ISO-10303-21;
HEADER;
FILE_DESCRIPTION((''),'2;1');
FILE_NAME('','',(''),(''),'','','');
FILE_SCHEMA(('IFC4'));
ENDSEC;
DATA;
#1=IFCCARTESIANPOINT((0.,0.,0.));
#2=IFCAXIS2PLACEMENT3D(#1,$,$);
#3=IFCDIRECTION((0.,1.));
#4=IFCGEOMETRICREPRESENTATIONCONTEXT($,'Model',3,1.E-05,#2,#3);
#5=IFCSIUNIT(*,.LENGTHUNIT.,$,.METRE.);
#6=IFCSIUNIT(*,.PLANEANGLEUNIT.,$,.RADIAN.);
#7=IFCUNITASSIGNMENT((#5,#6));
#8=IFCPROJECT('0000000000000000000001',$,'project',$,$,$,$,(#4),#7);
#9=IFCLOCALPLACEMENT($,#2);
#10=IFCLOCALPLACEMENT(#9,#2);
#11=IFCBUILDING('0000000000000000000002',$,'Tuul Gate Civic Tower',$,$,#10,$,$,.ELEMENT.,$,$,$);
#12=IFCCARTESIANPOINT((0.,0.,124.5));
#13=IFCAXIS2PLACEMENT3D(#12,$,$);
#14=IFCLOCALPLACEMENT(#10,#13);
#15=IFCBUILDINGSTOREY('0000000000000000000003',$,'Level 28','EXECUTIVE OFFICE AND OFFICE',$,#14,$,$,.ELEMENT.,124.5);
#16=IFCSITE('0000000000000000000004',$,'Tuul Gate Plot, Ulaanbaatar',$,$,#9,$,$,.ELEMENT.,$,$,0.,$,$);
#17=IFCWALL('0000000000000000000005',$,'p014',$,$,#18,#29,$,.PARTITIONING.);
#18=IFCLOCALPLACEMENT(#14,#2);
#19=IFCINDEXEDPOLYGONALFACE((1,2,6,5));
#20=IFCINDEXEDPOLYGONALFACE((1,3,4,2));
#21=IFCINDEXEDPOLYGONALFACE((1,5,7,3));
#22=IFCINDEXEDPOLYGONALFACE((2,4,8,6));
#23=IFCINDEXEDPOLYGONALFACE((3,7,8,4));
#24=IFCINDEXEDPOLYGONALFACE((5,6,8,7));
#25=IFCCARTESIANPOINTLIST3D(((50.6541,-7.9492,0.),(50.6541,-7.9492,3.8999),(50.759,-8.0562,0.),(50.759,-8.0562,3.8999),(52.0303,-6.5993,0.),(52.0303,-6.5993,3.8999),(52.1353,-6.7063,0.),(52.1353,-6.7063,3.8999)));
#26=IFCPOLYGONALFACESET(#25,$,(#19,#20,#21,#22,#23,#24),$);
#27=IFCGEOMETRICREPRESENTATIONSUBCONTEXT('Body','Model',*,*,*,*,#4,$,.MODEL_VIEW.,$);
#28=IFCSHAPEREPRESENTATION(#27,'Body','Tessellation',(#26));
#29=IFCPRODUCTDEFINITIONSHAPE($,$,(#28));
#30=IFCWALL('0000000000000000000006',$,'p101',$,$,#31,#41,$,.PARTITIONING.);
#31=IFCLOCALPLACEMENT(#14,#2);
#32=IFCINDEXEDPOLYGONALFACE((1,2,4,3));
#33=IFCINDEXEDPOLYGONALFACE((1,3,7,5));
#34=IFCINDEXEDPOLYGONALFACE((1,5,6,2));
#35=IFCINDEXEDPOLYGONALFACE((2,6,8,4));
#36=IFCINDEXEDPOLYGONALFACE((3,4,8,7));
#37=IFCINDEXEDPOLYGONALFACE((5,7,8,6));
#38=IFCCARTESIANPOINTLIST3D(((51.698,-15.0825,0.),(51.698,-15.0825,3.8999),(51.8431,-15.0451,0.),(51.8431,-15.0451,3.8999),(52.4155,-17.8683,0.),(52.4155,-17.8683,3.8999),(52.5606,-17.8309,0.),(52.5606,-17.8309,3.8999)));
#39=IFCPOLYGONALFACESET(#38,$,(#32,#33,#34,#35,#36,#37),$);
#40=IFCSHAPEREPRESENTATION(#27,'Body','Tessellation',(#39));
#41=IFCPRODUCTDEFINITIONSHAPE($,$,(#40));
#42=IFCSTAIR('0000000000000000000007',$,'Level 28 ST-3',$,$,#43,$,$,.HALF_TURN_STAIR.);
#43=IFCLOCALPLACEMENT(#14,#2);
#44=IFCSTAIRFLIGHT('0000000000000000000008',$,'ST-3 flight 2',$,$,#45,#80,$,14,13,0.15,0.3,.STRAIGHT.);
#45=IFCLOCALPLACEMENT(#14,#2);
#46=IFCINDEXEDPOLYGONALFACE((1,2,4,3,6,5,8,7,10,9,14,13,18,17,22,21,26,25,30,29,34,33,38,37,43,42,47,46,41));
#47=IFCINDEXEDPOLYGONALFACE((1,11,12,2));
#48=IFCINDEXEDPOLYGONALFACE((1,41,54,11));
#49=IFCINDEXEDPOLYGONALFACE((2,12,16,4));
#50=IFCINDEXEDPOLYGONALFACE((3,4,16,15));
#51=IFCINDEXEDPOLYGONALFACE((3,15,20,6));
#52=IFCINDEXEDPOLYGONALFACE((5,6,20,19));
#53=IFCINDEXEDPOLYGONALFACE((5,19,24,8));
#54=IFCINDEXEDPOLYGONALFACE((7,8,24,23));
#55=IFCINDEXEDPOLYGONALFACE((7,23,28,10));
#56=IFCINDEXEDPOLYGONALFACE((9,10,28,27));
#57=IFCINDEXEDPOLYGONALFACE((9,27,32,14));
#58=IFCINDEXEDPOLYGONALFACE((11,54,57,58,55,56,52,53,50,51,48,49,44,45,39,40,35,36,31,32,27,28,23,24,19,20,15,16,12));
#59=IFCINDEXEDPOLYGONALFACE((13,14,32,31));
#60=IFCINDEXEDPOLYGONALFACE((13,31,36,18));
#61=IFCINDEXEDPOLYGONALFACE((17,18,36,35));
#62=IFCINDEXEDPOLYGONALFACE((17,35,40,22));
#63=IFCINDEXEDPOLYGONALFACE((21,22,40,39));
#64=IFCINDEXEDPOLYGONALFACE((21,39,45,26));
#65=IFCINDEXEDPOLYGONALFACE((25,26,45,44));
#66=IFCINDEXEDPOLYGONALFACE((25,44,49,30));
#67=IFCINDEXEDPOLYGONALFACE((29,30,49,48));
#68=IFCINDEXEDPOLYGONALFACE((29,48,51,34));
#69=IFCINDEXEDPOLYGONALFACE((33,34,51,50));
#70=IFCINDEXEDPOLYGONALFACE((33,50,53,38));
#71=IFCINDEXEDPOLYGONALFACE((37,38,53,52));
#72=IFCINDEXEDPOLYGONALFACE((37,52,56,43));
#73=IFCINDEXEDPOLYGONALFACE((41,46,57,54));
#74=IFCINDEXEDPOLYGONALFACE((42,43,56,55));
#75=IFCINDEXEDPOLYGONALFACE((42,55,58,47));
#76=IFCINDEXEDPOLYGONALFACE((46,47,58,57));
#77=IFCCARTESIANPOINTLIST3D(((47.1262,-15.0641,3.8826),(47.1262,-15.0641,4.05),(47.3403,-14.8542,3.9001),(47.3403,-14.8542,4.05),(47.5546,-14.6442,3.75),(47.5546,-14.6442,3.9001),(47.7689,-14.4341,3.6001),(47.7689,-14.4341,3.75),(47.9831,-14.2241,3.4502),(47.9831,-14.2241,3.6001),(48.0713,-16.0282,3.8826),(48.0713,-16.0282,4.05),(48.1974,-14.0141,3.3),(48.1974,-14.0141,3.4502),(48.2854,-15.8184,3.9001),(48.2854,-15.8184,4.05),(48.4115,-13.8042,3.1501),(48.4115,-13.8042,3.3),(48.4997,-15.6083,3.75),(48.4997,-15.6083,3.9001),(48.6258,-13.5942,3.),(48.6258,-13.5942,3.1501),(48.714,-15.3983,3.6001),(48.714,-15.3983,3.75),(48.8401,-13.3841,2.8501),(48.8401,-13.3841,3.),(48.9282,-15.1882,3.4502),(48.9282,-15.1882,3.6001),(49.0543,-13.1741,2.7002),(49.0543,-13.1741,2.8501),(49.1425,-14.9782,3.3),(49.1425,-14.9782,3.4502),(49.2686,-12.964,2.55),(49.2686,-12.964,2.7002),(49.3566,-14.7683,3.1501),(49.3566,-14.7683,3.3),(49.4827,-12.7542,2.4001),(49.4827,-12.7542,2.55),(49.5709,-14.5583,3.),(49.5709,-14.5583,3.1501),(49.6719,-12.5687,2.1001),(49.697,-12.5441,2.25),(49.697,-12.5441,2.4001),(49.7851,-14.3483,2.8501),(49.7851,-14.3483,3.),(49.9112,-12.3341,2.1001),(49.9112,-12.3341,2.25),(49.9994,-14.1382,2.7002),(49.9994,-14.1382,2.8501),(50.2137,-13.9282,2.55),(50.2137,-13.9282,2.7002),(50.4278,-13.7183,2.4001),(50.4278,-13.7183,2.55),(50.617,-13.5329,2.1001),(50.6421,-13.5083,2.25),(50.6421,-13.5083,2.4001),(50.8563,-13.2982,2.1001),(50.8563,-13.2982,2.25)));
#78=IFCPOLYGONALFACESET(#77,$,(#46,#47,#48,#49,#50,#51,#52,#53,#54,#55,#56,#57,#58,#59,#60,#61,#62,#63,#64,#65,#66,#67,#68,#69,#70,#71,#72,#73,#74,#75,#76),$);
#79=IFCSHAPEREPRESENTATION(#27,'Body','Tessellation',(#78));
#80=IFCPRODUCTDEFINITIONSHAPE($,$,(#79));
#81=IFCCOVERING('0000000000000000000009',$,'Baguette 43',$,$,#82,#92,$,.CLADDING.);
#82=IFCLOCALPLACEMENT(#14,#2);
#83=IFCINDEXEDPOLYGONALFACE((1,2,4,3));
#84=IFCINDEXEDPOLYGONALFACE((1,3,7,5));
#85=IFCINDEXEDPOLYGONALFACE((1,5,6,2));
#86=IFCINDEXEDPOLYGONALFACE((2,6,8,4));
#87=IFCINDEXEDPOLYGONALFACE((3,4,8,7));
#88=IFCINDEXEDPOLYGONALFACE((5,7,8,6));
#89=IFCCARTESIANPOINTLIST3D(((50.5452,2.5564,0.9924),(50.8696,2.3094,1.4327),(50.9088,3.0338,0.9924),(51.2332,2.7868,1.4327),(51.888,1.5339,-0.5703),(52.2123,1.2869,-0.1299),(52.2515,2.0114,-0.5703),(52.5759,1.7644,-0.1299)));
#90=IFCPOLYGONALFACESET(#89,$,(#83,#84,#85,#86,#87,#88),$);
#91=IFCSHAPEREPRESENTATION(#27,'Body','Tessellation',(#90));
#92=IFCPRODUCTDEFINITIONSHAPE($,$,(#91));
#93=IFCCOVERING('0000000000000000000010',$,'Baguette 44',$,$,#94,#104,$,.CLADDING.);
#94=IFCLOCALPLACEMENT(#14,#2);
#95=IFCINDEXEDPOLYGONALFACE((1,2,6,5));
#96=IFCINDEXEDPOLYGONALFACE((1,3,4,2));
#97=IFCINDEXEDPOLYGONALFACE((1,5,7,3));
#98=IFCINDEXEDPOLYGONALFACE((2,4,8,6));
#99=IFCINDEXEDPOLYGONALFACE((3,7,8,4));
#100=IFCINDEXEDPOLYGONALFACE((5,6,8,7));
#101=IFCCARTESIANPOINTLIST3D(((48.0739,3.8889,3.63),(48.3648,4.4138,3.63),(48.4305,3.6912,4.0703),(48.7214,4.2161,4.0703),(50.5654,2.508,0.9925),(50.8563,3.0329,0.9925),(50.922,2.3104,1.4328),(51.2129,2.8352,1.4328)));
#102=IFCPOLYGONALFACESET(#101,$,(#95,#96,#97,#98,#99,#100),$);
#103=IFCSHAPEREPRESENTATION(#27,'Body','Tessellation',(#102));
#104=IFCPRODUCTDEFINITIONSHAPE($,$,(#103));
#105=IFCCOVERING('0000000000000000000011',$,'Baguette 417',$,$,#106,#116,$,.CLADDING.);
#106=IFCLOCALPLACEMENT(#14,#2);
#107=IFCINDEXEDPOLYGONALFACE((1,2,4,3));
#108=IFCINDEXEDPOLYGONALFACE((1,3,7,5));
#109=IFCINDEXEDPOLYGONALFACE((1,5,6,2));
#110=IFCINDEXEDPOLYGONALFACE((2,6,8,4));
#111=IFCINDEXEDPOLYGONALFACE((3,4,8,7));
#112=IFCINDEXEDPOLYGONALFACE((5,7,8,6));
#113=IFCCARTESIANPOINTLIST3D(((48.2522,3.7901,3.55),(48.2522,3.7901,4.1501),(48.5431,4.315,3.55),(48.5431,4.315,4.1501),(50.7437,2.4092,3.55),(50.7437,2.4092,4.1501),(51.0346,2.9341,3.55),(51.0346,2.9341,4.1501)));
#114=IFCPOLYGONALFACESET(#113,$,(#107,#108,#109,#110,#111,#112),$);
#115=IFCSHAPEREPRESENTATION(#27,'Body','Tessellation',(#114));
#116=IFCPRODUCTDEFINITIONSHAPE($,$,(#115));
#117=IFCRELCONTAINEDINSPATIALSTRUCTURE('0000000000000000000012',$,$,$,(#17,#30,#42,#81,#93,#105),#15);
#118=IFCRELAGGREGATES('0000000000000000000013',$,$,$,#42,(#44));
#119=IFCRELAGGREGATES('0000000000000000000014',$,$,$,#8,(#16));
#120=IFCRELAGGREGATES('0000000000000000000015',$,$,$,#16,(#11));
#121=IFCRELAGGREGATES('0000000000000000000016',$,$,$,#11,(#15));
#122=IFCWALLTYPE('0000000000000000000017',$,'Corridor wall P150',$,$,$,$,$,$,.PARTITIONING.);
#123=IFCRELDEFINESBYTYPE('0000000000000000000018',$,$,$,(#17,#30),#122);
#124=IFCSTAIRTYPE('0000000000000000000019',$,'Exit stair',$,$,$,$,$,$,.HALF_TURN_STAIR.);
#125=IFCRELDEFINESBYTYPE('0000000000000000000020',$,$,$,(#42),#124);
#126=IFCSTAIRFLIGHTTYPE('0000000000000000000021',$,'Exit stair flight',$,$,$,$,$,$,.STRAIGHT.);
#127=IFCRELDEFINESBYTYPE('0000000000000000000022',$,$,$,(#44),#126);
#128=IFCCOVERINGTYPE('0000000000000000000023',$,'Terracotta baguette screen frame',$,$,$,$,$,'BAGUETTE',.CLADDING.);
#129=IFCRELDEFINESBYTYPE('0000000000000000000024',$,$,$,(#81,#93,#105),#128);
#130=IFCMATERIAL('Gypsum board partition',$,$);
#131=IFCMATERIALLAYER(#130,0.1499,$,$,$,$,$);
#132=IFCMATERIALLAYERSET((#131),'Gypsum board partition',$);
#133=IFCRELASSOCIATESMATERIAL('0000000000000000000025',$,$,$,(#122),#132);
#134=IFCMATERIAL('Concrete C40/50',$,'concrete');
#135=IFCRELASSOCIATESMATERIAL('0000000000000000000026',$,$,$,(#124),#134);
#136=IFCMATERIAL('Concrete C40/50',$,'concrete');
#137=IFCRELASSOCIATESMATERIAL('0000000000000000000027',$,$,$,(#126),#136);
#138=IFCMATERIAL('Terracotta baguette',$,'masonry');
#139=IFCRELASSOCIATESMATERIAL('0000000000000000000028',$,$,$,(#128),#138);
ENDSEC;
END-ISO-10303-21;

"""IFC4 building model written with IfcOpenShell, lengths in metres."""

from ifc_helpers import new_model, si_unit, direction, frame, frame_2d, origin, origin_2d, place, context, subcontext, project, spatial, polyline, rectangle, outline, extrude, material, layer, layer_set, material_profile, profile_set, type_object, element, aggregate, save


model = new_model("IFC4")

# Units and contexts
model_context = context("Model", 3, precision=1e-05, world=origin(), true_north=direction((0.0, 1.0)))
body_context = subcontext(model_context, "Body", "Model", "MODEL_VIEW")
ifc_project = project(units=[si_unit("LENGTHUNIT", "METRE"), si_unit("PLANEANGLEUNIT", "RADIAN")], contexts=[model_context])

# Site, building, storey
site_placement = place(None, origin())
site = spatial("IfcSite", under=ifc_project, at=site_placement, Name="Tuul Gate Plot, Ulaanbaatar", CompositionType="ELEMENT", RefElevation=0.0)
building_placement = place(site_placement, origin())
building = spatial("IfcBuilding", under=site, at=building_placement, Name="Tuul Gate Civic Tower", CompositionType="ELEMENT")
storey_placement = place(building_placement, frame((0.0, 0.0, 124.5)))
storey = spatial("IfcBuildingStorey", under=building, at=storey_placement, Name="Level 28", Description="EXECUTIVE OFFICE AND OFFICE", CompositionType="ELEMENT", Elevation=124.5)

# Shared definitions
ifc_material_1 = material(Name="Gypsum board partition")
ifc_layer_1 = layer(ifc_material_1, 0.1499)
ifc_layer_set_1 = layer_set([ifc_layer_1], Name="Gypsum board partition")
wall_type_1 = type_object("IfcWallType", Name="Corridor wall P150", PredefinedType="PARTITIONING", material=ifc_layer_set_1)

# Walls
wall_1_placement = place(storey_placement, frame((50.7065, -8.0027, 0.0), z_axis=(0.0, 0.0, 1.0), x_axis=(0.713913, 0.700235, 0.0)))
element("IfcWall", 1, at=wall_1_placement, inside=storey, type_object=wall_type_1, Name="p014", PredefinedType="PARTITIONING", context=body_context, shape_type="SweptSolid", body=[
    extrude(rectangle(XDim=1.9277, YDim=0.1499, at=frame_2d((0.9639, 0.0))), origin(), (0.0, 0.0, 1.0), 3.8999),
])
wall_2_placement = place(storey_placement, frame((51.7705, -15.0637, 0.0), z_axis=(0.0, 0.0, 1.0), x_axis=(0.249419, -0.968396, 0.0)))
element("IfcWall", 2, at=wall_2_placement, inside=storey, type_object=wall_type_1, Name="p101", PredefinedType="PARTITIONING", context=body_context, shape_type="SweptSolid", body=[
    extrude(rectangle(XDim=2.8767, YDim=0.1499, at=frame_2d((1.4385, 0.0))), origin(), (0.0, 0.0, 1.0), 3.8999),
])

# Stair, stair flight
ifc_material_2 = material(Name="Concrete C40/50", Category="concrete")
stair_type = type_object("IfcStairType", Name="Exit stair", PredefinedType="HALF_TURN_STAIR", material=ifc_material_2)
stair_placement = place(storey_placement, origin())
stair = element("IfcStair", 3, at=stair_placement, inside=storey, type_object=stair_type, Name="Level 28 ST-3", PredefinedType="HALF_TURN_STAIR")
ifc_material_3 = material(Name="Concrete C40/50", Category="concrete")
stair_flight_type = type_object("IfcStairFlightType", Name="Exit stair flight", PredefinedType="STRAIGHT", material=ifc_material_3)
stair_flight_placement = place(storey_placement, frame((50.3838, -12.8162, 2.1001), z_axis=(0.0, 0.0, 1.0), x_axis=(-0.714127, -0.700016, 0.0)))
stair_flight = element("IfcStairFlight", 4, at=stair_flight_placement, type_object=stair_flight_type, Name="ST-3 flight 2", NumberOfRisers=14, NumberOfTreads=13, PredefinedType="STRAIGHT", RiserHeight=0.15, TreadLength=0.3, context=body_context, shape_type="SweptSolid", body=[
    extrude(outline(polyline([(0.0, 0.0), (0.0, 0.1499), (0.3, 0.1499), (0.3, 0.3), (0.6001, 0.3), (0.6001, 0.45), (0.8999, 0.45), (0.8999, 0.6001), (1.2, 0.6001), (1.2, 0.75), (1.5, 0.75), (1.5, 0.8999), (1.8, 0.8999), (1.8, 1.05), (2.1001, 1.05), (2.1001, 1.2), (2.3999, 1.2), (2.3999, 1.3501), (2.7, 1.3501), (2.7, 1.5), (3.0, 1.5), (3.0, 1.6499), (3.3, 1.6499), (3.3, 1.8), (3.6001, 1.8), (3.6001, 1.95), (3.8999, 1.95), (3.8999, 2.1001), (3.8999, 1.7825), (0.3352, 0.0), (0.0, 0.0)])), frame((0.0, 0.675, 0.0), z_axis=(0.0, -1.0, 0.0), x_axis=(1.0, 0.0, 0.0)), (0.0, 0.0, 1.0), 1.3501),
])
aggregate(stair, [stair_flight])

# Coverings
ifc_material_4 = material(Name="Terracotta baguette", Category="masonry")
ifc_material_profile_1 = material_profile(ifc_material_4, rectangle(XDim=0.6001, YDim=0.6001, at=origin_2d()), Name="Terracotta baguette screen frame")
ifc_profile_set_1 = profile_set([ifc_material_profile_1], Name="Terracotta baguette")
covering_type = type_object("IfcCoveringType", Name="Terracotta baguette screen frame", ElementType="BAGUETTE", PredefinedType="CLADDING", material=ifc_profile_set_1)
covering_1_placement = place(storey_placement, frame((52.2319, 1.6492, -0.3501), z_axis=(-0.583779, 0.444522, 0.679413), x_axis=(-0.605817, -0.795604, 0.0)))
element("IfcCovering", 5, at=covering_1_placement, inside=storey, type_object=covering_type, Name="Baguette 43", PredefinedType="CLADDING", context=body_context, shape_type="SweptSolid", body=[
    extrude(rectangle(XDim=0.6001, YDim=0.6001, at=origin_2d()), origin(), (0.0, 0.0, 1.0), 2.3),
])
covering_2_placement = place(storey_placement, frame((50.8892, 2.6716, 1.2126), z_axis=(-0.641789, 0.355704, 0.679397), x_axis=(-0.484762, -0.874646, 0.0)))
element("IfcCovering", 6, at=covering_2_placement, inside=storey, type_object=covering_type, Name="Baguette 44", PredefinedType="CLADDING", context=body_context, shape_type="SweptSolid", body=[
    extrude(rectangle(XDim=0.6001, YDim=0.6001, at=origin_2d()), origin(), (0.0, 0.0, 1.0), 3.8821),
])
covering_3_placement = place(storey_placement, frame((50.8892, 2.6716, 3.8501), z_axis=(-0.874646, 0.484762, 0.0), x_axis=(-0.484762, -0.874646, 0.0)))
element("IfcCovering", 7, at=covering_3_placement, inside=storey, type_object=covering_type, Name="Baguette 417", PredefinedType="CLADDING", context=body_context, shape_type="SweptSolid", body=[
    extrude(rectangle(XDim=0.6001, YDim=0.6001, at=origin_2d()), origin(), (0.0, 0.0, 1.0), 2.8486),
])

save(model, "model.ifc")
